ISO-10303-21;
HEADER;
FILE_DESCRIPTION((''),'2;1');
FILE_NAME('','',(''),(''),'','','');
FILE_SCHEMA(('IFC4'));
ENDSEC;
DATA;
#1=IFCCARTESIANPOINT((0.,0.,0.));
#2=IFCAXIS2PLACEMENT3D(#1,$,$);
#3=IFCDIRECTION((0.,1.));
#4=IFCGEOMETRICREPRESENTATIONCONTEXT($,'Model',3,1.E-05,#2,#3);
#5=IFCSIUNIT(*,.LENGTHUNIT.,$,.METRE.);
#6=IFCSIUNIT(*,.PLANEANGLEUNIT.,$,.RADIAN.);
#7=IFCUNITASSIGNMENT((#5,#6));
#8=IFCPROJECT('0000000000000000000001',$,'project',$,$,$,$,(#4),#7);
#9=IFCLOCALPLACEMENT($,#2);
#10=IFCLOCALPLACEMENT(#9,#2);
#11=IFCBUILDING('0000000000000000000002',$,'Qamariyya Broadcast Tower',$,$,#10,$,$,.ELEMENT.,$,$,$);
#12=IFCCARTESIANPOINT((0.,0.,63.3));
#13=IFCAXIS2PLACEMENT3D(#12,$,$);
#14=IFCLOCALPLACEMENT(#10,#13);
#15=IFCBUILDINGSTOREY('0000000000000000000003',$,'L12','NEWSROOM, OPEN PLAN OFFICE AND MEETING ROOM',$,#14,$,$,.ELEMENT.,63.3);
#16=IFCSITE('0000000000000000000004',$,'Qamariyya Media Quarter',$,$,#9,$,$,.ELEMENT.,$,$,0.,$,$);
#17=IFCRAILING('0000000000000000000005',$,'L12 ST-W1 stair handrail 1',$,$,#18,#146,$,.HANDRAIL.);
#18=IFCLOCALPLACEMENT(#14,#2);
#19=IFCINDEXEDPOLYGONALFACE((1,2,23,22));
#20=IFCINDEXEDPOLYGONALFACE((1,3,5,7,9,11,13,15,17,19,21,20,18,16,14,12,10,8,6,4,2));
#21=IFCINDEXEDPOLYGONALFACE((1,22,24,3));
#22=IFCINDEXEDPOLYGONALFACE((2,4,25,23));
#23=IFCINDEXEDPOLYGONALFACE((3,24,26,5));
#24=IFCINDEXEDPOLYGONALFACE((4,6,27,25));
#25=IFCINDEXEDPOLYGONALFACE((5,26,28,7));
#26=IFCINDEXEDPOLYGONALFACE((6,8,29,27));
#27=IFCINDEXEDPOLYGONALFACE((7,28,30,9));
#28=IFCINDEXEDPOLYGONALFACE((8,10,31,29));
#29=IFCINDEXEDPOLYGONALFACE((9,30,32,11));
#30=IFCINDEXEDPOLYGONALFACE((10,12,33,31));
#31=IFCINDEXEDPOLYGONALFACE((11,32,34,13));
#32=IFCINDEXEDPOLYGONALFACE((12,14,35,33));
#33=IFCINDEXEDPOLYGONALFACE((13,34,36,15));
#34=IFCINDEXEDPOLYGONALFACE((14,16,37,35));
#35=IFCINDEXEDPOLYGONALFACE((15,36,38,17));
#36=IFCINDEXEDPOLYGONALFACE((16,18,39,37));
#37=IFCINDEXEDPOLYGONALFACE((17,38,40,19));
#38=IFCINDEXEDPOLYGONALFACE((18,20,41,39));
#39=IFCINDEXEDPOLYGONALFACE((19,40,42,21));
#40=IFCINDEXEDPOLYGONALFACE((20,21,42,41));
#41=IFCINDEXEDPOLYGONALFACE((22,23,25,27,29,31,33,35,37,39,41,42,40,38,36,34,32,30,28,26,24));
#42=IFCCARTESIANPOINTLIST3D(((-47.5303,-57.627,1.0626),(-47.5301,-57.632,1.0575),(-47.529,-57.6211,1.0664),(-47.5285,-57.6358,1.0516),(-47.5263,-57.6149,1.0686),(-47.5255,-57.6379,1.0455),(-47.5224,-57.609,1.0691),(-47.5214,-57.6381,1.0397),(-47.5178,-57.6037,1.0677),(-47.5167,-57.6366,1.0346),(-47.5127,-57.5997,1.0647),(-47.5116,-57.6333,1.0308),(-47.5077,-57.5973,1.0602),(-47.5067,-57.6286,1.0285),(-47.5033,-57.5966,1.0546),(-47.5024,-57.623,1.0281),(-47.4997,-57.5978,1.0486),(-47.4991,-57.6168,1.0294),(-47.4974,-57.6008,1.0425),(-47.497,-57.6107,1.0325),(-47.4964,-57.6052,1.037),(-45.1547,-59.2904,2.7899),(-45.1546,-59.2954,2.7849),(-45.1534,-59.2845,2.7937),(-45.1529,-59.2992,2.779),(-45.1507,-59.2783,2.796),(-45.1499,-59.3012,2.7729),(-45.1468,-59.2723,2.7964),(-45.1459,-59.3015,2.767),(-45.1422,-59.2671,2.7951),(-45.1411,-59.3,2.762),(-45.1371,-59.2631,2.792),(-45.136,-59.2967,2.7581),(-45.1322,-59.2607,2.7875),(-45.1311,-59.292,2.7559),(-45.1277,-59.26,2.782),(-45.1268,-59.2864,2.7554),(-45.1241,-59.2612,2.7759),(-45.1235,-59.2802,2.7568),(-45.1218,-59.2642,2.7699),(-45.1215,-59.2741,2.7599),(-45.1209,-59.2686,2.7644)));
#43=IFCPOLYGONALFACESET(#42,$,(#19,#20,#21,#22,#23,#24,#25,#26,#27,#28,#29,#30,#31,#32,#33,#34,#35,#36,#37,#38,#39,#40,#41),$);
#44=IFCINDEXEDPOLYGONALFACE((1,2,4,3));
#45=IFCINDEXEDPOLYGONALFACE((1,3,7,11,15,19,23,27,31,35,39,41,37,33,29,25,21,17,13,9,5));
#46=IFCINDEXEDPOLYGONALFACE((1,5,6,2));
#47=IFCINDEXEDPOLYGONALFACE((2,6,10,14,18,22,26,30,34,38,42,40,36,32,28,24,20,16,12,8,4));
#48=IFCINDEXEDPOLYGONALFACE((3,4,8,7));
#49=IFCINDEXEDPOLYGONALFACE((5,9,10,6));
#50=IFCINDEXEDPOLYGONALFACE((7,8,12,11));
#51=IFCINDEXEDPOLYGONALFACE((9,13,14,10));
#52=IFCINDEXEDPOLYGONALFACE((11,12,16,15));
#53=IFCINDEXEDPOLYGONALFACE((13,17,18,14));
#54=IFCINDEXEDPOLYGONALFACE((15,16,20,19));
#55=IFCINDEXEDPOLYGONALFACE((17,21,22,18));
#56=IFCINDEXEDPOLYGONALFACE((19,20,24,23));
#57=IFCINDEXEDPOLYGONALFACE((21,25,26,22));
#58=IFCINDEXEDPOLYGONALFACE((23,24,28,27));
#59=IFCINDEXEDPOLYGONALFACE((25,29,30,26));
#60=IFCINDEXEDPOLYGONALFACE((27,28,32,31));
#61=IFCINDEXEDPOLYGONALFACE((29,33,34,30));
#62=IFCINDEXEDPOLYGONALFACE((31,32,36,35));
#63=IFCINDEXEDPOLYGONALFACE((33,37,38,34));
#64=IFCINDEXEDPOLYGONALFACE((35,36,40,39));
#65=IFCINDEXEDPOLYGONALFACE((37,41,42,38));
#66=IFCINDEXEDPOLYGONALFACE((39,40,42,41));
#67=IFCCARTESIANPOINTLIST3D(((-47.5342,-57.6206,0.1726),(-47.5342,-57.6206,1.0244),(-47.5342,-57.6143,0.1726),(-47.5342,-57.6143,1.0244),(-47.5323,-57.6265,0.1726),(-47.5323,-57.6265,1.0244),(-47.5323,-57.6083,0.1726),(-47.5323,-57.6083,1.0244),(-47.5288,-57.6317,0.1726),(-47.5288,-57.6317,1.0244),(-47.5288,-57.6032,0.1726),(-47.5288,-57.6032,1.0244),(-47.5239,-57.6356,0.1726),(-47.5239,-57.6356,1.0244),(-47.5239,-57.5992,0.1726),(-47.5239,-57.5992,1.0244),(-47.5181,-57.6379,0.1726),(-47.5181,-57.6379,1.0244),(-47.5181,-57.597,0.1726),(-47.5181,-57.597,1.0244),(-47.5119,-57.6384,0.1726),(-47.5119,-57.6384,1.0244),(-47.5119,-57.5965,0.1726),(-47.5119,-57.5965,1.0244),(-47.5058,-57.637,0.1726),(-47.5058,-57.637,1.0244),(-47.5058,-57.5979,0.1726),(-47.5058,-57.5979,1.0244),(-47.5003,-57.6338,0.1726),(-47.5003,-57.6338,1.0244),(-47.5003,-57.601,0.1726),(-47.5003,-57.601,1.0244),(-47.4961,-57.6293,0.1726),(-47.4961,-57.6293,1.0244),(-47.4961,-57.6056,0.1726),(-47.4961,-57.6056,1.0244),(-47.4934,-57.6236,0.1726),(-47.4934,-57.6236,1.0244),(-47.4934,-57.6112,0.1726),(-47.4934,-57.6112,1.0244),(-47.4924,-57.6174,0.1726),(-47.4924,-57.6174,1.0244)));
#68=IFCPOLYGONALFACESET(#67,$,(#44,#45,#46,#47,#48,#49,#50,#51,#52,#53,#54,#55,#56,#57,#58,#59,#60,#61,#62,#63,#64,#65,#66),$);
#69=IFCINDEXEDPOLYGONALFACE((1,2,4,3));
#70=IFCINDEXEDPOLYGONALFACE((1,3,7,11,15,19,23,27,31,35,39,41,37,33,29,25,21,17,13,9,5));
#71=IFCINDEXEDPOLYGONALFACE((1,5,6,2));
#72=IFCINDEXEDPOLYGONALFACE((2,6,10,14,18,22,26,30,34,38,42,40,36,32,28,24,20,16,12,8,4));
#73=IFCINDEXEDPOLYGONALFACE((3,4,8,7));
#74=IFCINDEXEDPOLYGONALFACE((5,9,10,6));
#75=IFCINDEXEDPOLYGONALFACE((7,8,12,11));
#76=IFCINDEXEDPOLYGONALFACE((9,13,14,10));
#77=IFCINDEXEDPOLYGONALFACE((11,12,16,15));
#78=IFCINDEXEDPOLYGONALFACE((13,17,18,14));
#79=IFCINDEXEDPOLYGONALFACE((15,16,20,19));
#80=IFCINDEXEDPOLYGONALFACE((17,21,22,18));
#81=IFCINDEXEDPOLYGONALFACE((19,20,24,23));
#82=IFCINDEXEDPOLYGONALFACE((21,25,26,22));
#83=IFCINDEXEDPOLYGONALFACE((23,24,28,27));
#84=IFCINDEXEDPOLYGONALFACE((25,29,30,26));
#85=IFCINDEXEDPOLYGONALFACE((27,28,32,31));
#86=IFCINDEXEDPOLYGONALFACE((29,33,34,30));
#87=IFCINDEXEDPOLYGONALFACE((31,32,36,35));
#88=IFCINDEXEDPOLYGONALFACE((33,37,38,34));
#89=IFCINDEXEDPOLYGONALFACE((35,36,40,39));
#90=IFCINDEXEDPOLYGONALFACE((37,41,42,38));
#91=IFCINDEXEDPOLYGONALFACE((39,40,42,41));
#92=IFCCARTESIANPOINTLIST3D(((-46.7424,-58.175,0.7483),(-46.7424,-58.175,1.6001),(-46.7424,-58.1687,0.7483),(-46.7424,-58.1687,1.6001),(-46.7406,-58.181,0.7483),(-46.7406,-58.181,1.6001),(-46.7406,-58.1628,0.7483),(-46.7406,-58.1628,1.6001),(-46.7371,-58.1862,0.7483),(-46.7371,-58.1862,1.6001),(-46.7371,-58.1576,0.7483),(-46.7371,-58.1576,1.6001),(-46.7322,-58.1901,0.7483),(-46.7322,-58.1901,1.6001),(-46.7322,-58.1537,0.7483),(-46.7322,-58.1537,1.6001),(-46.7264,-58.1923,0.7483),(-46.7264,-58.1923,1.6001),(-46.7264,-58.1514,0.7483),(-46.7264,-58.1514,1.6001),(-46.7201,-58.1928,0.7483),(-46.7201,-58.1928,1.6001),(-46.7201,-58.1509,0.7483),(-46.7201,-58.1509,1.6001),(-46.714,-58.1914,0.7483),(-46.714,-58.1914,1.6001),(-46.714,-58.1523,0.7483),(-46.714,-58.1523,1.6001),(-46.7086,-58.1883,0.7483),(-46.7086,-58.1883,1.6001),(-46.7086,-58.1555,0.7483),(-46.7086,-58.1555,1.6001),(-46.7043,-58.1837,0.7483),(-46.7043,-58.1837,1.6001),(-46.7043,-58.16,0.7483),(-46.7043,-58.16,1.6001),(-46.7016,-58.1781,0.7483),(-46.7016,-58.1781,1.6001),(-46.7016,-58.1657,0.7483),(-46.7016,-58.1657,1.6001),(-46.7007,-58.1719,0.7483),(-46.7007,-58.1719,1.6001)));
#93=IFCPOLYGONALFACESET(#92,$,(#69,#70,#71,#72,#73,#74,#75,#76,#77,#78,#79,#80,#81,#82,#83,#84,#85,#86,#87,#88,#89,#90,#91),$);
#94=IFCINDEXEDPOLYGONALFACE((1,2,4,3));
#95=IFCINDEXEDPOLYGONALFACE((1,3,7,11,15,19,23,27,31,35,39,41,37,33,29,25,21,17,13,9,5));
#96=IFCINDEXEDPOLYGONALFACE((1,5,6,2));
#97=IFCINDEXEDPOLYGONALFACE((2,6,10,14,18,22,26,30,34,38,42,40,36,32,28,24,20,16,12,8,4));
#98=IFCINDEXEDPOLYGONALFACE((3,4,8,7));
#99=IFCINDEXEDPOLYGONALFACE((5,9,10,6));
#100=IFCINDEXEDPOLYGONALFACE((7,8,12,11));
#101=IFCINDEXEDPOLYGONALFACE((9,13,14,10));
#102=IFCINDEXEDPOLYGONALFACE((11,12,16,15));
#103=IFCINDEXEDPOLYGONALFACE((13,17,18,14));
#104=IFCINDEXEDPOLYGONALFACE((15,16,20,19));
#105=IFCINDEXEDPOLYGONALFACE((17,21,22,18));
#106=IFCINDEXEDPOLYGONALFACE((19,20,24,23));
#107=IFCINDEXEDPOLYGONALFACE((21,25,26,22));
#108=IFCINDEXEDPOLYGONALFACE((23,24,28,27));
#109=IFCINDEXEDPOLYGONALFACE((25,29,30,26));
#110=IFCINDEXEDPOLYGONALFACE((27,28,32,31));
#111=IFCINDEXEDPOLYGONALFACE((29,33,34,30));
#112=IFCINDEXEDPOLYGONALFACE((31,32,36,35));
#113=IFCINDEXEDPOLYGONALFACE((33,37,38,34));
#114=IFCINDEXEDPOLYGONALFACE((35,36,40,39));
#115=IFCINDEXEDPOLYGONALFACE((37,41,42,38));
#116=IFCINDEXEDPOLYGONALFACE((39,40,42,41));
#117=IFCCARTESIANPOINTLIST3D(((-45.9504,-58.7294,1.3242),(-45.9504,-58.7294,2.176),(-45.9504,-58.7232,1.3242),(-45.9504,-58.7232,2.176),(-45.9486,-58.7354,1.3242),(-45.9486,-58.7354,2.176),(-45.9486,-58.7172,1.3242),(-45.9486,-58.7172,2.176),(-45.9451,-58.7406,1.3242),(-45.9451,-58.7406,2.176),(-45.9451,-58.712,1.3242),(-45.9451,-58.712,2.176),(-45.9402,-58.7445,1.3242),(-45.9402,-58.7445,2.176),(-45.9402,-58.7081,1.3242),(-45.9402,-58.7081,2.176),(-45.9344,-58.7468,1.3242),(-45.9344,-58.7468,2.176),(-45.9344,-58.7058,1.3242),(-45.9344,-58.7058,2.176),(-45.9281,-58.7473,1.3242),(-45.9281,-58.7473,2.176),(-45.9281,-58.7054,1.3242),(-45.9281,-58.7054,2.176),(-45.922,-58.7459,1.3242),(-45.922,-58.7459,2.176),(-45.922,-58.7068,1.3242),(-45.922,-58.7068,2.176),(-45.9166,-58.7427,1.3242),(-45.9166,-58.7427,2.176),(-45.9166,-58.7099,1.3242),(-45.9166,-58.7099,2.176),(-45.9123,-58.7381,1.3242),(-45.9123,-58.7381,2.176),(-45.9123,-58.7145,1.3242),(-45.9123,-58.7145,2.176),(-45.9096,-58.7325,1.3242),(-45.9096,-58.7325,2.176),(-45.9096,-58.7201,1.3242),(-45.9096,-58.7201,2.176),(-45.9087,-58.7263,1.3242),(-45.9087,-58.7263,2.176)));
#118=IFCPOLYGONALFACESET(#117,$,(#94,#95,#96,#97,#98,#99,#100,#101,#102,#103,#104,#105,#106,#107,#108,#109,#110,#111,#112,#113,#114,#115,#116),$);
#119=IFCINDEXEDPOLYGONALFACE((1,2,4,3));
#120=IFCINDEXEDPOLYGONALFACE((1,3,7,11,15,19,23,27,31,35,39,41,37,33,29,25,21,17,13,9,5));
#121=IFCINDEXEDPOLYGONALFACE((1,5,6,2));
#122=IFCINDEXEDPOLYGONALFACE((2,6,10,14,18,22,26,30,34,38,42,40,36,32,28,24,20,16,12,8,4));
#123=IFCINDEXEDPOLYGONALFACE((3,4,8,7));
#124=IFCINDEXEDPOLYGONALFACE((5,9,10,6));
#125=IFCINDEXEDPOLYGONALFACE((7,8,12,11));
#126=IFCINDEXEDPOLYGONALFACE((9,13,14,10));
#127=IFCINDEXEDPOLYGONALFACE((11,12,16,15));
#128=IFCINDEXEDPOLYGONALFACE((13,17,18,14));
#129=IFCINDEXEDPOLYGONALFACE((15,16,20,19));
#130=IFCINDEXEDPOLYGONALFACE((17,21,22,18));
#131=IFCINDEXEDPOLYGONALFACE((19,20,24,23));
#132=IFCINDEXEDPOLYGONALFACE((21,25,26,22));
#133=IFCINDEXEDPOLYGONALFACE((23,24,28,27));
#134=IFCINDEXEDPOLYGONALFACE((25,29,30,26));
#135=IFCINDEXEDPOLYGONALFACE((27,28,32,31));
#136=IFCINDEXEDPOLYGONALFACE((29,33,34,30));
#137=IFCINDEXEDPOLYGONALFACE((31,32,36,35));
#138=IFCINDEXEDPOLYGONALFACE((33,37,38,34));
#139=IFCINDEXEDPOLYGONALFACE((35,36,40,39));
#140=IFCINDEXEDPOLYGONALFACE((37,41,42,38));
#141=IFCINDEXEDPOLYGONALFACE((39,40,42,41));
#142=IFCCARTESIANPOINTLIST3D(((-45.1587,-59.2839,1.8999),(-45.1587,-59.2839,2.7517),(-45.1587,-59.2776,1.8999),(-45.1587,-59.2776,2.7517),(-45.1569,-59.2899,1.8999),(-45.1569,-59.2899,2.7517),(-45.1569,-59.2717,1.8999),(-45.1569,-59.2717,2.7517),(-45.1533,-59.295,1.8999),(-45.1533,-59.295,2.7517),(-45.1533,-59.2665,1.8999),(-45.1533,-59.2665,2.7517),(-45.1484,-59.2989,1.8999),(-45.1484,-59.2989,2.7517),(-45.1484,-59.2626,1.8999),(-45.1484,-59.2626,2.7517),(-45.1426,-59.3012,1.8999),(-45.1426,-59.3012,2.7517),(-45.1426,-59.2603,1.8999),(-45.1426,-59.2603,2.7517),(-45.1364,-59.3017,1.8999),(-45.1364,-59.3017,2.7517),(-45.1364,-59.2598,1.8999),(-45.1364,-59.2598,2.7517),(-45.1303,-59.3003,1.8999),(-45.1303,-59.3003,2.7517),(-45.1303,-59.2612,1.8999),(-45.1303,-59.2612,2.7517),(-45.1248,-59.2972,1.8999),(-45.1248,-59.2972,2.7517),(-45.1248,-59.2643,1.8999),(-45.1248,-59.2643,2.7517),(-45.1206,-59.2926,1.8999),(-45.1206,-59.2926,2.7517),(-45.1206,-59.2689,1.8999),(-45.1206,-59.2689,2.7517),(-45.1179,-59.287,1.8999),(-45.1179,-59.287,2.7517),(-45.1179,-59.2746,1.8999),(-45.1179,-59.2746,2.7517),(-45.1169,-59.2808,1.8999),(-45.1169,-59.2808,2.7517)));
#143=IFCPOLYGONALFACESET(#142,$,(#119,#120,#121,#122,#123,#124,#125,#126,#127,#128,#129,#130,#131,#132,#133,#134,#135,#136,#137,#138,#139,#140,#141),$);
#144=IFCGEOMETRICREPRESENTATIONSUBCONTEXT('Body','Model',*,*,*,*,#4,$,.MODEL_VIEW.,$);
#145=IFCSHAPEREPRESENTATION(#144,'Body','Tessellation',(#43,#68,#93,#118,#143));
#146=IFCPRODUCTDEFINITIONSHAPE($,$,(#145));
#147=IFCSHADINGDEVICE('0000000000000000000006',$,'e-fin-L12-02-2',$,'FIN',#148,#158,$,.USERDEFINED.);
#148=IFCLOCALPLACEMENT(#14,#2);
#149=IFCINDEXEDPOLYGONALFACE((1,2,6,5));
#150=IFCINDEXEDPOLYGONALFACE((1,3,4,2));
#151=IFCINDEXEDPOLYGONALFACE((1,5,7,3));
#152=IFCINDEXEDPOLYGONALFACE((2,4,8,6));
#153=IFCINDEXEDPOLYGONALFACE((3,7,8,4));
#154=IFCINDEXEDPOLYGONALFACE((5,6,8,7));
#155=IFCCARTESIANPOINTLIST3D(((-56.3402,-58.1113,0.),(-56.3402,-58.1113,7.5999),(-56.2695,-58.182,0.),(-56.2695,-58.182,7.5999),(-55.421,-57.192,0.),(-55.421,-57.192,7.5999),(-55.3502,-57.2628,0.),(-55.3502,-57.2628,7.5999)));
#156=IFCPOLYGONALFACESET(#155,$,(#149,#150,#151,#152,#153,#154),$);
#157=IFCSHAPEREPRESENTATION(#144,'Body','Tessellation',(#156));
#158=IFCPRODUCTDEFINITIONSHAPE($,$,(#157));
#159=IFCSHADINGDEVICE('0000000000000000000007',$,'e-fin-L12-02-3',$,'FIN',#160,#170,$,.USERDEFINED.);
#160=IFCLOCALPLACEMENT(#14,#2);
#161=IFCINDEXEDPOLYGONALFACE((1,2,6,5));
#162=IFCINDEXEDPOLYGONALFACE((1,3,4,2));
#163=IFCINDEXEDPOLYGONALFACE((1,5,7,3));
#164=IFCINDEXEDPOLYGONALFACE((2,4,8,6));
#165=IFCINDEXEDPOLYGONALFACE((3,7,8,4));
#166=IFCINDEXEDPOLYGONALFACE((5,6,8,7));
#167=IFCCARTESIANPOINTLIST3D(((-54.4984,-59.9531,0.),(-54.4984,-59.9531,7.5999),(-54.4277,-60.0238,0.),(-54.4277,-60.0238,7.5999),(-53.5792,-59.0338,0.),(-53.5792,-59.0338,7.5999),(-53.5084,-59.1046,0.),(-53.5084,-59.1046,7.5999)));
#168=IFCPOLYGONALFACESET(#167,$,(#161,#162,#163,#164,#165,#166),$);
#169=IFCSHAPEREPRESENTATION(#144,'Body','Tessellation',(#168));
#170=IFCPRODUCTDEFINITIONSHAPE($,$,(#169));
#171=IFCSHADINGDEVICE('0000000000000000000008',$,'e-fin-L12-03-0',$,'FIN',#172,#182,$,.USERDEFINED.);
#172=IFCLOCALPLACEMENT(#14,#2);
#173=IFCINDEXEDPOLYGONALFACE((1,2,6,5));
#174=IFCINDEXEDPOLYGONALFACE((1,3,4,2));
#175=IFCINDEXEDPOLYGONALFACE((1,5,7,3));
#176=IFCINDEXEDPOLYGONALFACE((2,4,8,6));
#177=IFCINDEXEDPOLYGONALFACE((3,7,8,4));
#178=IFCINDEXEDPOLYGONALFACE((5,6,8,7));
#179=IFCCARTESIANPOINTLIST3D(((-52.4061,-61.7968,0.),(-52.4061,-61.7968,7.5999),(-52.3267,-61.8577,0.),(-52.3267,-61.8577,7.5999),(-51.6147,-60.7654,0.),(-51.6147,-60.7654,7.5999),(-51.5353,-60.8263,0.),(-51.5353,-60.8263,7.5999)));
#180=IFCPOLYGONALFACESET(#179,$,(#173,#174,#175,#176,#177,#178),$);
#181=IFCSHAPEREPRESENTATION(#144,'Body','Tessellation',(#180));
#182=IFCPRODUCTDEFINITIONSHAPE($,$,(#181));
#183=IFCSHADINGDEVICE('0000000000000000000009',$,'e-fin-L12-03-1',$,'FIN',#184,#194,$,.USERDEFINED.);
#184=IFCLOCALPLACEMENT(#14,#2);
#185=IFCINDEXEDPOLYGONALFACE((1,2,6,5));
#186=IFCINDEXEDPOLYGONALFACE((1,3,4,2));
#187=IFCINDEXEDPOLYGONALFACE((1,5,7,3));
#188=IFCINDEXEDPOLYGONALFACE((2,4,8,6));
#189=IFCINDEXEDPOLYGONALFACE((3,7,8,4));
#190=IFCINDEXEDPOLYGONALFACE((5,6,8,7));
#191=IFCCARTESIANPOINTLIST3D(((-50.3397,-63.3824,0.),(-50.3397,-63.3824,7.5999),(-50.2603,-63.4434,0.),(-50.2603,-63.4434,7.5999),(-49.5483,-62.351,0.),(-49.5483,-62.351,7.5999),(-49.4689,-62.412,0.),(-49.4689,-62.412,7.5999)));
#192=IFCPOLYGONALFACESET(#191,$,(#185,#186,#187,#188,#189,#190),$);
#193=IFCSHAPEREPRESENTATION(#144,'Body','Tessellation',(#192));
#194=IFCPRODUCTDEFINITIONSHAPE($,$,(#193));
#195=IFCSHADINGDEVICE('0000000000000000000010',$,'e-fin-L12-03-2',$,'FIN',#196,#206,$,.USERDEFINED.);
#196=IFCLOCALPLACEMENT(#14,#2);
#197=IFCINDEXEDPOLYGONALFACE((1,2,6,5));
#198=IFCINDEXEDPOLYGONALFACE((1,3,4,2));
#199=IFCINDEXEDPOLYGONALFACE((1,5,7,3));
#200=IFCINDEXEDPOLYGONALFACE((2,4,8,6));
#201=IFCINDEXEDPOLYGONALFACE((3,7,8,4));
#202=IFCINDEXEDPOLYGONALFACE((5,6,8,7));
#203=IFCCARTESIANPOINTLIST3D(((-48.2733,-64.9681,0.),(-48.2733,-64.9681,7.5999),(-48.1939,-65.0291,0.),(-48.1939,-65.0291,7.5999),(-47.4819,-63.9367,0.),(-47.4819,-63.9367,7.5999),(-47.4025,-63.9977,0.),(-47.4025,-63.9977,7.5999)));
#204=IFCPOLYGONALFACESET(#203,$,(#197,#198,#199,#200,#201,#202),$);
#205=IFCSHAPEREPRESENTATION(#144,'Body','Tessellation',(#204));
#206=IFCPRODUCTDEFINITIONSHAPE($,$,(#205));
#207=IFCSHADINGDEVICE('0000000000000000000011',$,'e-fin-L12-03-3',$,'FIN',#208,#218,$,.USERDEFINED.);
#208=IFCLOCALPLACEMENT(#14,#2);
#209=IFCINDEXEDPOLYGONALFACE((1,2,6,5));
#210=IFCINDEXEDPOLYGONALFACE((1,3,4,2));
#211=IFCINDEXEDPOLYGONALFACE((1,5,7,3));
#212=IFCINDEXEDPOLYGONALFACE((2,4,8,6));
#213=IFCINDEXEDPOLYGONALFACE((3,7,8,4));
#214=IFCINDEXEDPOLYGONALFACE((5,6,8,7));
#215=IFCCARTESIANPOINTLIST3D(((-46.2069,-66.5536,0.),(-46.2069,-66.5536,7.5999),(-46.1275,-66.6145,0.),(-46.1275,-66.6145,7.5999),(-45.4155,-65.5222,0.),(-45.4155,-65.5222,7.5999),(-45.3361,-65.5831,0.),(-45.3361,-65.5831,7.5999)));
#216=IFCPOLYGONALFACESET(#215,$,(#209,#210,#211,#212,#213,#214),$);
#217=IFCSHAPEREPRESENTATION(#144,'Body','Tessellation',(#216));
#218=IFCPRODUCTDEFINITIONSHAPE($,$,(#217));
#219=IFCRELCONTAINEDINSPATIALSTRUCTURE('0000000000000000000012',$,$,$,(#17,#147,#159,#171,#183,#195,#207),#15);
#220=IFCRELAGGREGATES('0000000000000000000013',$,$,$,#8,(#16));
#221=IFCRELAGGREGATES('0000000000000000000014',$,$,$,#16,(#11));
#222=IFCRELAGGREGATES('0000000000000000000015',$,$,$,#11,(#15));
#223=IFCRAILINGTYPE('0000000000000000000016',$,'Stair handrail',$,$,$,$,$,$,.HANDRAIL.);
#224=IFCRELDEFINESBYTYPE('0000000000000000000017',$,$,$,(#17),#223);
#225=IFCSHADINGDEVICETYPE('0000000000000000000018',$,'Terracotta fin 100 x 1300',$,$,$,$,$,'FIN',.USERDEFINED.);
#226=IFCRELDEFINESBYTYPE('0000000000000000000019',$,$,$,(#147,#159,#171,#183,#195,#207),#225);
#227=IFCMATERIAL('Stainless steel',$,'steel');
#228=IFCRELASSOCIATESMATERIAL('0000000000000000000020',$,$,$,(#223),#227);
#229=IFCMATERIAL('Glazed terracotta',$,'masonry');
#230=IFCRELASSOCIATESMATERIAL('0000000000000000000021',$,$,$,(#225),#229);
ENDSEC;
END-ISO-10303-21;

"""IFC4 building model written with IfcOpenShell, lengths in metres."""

from ifc_helpers import new_model, si_unit, direction, frame, origin, origin_2d, place, context, subcontext, project, spatial, rectangle, circle, extrude, material, material_profile, profile_set, type_object, element, save


model = new_model("IFC4")

# Units and contexts
model_context = context("Model", 3, precision=1e-05, world=origin(), true_north=direction((0.0, 1.0)))
body_context = subcontext(model_context, "Body", "Model", "MODEL_VIEW")
ifc_project = project(units=[si_unit("LENGTHUNIT", "METRE"), si_unit("PLANEANGLEUNIT", "RADIAN")], contexts=[model_context])

# Site, building, storey
site_placement = place(None, origin())
site = spatial("IfcSite", under=ifc_project, at=site_placement, Name="Qamariyya Media Quarter", CompositionType="ELEMENT", RefElevation=0.0)
building_placement = place(site_placement, origin())
building = spatial("IfcBuilding", under=site, at=building_placement, Name="Qamariyya Broadcast Tower", CompositionType="ELEMENT")
storey_placement = place(building_placement, frame((0.0, 0.0, 63.3)))
storey = spatial("IfcBuildingStorey", under=building, at=storey_placement, Name="L12", Description="NEWSROOM, OPEN PLAN OFFICE AND MEETING ROOM", CompositionType="ELEMENT", Elevation=63.3)

# Railing
ifc_material_1 = material(Name="Stainless steel", Category="steel")
railing_type_1 = type_object("IfcRailingType", Name="Stair handrail", PredefinedType="HANDRAIL", material=ifc_material_1)
railing_1_placement = place(storey_placement, frame((-47.5134, -57.6174, 0.1726)))
element("IfcRailing", 1, at=railing_1_placement, inside=storey, type_object=railing_type_1, Name="L12 ST-W1 stair handrail 1", PredefinedType="HANDRAIL", context=body_context, shape_type="SweptSolid", body=[
    extrude(circle(Radius=0.0239, at=origin_2d()), frame((0.0, 0.0, 0.876), z_axis=(0.70377, -0.492784, 0.511734), x_axis=(0.573575, 0.819153, 0.0)), (0.0, 0.0, 1.0), 3.3755),
    extrude(circle(Radius=0.021, at=origin_2d()), origin(), (0.0, 0.0, 1.0), 0.8518),
    extrude(circle(Radius=0.021, at=origin_2d()), frame((0.7917, -0.5544, 0.5757)), (0.0, 0.0, 1.0), 0.8518),
    extrude(circle(Radius=0.021, at=origin_2d()), frame((1.5837, -1.1089, 1.1516)), (0.0, 0.0, 1.0), 0.8518),
    extrude(circle(Radius=0.021, at=origin_2d()), frame((2.3755, -1.6633, 1.7273)), (0.0, 0.0, 1.0), 0.8518),
])

# Shading devices
ifc_material_2 = material(Name="Glazed terracotta", Category="masonry")
ifc_material_profile_1 = material_profile(ifc_material_2, rectangle(XDim=1.3, YDim=0.1001, at=origin_2d()))
ifc_profile_set_1 = profile_set([ifc_material_profile_1], Name="Glazed terracotta")
shading_device_type_1 = type_object("IfcShadingDeviceType", Name="Terracotta fin 100 x 1300", ElementType="FIN", PredefinedType="USERDEFINED", material=ifc_profile_set_1)
for number, where, z_axis, x_axis, name in (
    (2, (-55.8452, -57.687, 0.0), (0.0, 0.0, 1.0), (-0.707107, -0.707107, 0.0), "e-fin-L12-02-2"),
    (3, (-54.0034, -59.5288, 0.0), (0.0, 0.0, 1.0), (-0.707107, -0.707107, 0.0), "e-fin-L12-02-3"),
    (4, (-51.9707, -61.3115, 0.0), (0.0, 0.0, 1.0), (-0.608761, -0.793353, 0.0), "e-fin-L12-03-0"),
    (5, (-49.9043, -62.8972, 0.0), (0.0, 0.0, 1.0), (-0.608761, -0.793353, 0.0), "e-fin-L12-03-1"),
    (6, (-47.8379, -64.4829, 0.0), (0.0, 0.0, 1.0), (-0.608761, -0.793353, 0.0), "e-fin-L12-03-2"),
    (7, (-45.7715, -66.0684, 0.0), (0.0, 0.0, 1.0), (-0.608761, -0.793353, 0.0), "e-fin-L12-03-3"),
):
    element("IfcShadingDevice", number, at=place(storey_placement, frame(where, z_axis=z_axis, x_axis=x_axis)), inside=storey, type_object=shading_device_type_1, Name=name, ObjectType="FIN", PredefinedType="USERDEFINED", context=body_context, shape_type="SweptSolid", body=[
        extrude(rectangle(XDim=1.3, YDim=0.1001, at=origin_2d()), origin(), (0.0, 0.0, 1.0), 7.5999),
    ])

save(model, "model.ifc")
